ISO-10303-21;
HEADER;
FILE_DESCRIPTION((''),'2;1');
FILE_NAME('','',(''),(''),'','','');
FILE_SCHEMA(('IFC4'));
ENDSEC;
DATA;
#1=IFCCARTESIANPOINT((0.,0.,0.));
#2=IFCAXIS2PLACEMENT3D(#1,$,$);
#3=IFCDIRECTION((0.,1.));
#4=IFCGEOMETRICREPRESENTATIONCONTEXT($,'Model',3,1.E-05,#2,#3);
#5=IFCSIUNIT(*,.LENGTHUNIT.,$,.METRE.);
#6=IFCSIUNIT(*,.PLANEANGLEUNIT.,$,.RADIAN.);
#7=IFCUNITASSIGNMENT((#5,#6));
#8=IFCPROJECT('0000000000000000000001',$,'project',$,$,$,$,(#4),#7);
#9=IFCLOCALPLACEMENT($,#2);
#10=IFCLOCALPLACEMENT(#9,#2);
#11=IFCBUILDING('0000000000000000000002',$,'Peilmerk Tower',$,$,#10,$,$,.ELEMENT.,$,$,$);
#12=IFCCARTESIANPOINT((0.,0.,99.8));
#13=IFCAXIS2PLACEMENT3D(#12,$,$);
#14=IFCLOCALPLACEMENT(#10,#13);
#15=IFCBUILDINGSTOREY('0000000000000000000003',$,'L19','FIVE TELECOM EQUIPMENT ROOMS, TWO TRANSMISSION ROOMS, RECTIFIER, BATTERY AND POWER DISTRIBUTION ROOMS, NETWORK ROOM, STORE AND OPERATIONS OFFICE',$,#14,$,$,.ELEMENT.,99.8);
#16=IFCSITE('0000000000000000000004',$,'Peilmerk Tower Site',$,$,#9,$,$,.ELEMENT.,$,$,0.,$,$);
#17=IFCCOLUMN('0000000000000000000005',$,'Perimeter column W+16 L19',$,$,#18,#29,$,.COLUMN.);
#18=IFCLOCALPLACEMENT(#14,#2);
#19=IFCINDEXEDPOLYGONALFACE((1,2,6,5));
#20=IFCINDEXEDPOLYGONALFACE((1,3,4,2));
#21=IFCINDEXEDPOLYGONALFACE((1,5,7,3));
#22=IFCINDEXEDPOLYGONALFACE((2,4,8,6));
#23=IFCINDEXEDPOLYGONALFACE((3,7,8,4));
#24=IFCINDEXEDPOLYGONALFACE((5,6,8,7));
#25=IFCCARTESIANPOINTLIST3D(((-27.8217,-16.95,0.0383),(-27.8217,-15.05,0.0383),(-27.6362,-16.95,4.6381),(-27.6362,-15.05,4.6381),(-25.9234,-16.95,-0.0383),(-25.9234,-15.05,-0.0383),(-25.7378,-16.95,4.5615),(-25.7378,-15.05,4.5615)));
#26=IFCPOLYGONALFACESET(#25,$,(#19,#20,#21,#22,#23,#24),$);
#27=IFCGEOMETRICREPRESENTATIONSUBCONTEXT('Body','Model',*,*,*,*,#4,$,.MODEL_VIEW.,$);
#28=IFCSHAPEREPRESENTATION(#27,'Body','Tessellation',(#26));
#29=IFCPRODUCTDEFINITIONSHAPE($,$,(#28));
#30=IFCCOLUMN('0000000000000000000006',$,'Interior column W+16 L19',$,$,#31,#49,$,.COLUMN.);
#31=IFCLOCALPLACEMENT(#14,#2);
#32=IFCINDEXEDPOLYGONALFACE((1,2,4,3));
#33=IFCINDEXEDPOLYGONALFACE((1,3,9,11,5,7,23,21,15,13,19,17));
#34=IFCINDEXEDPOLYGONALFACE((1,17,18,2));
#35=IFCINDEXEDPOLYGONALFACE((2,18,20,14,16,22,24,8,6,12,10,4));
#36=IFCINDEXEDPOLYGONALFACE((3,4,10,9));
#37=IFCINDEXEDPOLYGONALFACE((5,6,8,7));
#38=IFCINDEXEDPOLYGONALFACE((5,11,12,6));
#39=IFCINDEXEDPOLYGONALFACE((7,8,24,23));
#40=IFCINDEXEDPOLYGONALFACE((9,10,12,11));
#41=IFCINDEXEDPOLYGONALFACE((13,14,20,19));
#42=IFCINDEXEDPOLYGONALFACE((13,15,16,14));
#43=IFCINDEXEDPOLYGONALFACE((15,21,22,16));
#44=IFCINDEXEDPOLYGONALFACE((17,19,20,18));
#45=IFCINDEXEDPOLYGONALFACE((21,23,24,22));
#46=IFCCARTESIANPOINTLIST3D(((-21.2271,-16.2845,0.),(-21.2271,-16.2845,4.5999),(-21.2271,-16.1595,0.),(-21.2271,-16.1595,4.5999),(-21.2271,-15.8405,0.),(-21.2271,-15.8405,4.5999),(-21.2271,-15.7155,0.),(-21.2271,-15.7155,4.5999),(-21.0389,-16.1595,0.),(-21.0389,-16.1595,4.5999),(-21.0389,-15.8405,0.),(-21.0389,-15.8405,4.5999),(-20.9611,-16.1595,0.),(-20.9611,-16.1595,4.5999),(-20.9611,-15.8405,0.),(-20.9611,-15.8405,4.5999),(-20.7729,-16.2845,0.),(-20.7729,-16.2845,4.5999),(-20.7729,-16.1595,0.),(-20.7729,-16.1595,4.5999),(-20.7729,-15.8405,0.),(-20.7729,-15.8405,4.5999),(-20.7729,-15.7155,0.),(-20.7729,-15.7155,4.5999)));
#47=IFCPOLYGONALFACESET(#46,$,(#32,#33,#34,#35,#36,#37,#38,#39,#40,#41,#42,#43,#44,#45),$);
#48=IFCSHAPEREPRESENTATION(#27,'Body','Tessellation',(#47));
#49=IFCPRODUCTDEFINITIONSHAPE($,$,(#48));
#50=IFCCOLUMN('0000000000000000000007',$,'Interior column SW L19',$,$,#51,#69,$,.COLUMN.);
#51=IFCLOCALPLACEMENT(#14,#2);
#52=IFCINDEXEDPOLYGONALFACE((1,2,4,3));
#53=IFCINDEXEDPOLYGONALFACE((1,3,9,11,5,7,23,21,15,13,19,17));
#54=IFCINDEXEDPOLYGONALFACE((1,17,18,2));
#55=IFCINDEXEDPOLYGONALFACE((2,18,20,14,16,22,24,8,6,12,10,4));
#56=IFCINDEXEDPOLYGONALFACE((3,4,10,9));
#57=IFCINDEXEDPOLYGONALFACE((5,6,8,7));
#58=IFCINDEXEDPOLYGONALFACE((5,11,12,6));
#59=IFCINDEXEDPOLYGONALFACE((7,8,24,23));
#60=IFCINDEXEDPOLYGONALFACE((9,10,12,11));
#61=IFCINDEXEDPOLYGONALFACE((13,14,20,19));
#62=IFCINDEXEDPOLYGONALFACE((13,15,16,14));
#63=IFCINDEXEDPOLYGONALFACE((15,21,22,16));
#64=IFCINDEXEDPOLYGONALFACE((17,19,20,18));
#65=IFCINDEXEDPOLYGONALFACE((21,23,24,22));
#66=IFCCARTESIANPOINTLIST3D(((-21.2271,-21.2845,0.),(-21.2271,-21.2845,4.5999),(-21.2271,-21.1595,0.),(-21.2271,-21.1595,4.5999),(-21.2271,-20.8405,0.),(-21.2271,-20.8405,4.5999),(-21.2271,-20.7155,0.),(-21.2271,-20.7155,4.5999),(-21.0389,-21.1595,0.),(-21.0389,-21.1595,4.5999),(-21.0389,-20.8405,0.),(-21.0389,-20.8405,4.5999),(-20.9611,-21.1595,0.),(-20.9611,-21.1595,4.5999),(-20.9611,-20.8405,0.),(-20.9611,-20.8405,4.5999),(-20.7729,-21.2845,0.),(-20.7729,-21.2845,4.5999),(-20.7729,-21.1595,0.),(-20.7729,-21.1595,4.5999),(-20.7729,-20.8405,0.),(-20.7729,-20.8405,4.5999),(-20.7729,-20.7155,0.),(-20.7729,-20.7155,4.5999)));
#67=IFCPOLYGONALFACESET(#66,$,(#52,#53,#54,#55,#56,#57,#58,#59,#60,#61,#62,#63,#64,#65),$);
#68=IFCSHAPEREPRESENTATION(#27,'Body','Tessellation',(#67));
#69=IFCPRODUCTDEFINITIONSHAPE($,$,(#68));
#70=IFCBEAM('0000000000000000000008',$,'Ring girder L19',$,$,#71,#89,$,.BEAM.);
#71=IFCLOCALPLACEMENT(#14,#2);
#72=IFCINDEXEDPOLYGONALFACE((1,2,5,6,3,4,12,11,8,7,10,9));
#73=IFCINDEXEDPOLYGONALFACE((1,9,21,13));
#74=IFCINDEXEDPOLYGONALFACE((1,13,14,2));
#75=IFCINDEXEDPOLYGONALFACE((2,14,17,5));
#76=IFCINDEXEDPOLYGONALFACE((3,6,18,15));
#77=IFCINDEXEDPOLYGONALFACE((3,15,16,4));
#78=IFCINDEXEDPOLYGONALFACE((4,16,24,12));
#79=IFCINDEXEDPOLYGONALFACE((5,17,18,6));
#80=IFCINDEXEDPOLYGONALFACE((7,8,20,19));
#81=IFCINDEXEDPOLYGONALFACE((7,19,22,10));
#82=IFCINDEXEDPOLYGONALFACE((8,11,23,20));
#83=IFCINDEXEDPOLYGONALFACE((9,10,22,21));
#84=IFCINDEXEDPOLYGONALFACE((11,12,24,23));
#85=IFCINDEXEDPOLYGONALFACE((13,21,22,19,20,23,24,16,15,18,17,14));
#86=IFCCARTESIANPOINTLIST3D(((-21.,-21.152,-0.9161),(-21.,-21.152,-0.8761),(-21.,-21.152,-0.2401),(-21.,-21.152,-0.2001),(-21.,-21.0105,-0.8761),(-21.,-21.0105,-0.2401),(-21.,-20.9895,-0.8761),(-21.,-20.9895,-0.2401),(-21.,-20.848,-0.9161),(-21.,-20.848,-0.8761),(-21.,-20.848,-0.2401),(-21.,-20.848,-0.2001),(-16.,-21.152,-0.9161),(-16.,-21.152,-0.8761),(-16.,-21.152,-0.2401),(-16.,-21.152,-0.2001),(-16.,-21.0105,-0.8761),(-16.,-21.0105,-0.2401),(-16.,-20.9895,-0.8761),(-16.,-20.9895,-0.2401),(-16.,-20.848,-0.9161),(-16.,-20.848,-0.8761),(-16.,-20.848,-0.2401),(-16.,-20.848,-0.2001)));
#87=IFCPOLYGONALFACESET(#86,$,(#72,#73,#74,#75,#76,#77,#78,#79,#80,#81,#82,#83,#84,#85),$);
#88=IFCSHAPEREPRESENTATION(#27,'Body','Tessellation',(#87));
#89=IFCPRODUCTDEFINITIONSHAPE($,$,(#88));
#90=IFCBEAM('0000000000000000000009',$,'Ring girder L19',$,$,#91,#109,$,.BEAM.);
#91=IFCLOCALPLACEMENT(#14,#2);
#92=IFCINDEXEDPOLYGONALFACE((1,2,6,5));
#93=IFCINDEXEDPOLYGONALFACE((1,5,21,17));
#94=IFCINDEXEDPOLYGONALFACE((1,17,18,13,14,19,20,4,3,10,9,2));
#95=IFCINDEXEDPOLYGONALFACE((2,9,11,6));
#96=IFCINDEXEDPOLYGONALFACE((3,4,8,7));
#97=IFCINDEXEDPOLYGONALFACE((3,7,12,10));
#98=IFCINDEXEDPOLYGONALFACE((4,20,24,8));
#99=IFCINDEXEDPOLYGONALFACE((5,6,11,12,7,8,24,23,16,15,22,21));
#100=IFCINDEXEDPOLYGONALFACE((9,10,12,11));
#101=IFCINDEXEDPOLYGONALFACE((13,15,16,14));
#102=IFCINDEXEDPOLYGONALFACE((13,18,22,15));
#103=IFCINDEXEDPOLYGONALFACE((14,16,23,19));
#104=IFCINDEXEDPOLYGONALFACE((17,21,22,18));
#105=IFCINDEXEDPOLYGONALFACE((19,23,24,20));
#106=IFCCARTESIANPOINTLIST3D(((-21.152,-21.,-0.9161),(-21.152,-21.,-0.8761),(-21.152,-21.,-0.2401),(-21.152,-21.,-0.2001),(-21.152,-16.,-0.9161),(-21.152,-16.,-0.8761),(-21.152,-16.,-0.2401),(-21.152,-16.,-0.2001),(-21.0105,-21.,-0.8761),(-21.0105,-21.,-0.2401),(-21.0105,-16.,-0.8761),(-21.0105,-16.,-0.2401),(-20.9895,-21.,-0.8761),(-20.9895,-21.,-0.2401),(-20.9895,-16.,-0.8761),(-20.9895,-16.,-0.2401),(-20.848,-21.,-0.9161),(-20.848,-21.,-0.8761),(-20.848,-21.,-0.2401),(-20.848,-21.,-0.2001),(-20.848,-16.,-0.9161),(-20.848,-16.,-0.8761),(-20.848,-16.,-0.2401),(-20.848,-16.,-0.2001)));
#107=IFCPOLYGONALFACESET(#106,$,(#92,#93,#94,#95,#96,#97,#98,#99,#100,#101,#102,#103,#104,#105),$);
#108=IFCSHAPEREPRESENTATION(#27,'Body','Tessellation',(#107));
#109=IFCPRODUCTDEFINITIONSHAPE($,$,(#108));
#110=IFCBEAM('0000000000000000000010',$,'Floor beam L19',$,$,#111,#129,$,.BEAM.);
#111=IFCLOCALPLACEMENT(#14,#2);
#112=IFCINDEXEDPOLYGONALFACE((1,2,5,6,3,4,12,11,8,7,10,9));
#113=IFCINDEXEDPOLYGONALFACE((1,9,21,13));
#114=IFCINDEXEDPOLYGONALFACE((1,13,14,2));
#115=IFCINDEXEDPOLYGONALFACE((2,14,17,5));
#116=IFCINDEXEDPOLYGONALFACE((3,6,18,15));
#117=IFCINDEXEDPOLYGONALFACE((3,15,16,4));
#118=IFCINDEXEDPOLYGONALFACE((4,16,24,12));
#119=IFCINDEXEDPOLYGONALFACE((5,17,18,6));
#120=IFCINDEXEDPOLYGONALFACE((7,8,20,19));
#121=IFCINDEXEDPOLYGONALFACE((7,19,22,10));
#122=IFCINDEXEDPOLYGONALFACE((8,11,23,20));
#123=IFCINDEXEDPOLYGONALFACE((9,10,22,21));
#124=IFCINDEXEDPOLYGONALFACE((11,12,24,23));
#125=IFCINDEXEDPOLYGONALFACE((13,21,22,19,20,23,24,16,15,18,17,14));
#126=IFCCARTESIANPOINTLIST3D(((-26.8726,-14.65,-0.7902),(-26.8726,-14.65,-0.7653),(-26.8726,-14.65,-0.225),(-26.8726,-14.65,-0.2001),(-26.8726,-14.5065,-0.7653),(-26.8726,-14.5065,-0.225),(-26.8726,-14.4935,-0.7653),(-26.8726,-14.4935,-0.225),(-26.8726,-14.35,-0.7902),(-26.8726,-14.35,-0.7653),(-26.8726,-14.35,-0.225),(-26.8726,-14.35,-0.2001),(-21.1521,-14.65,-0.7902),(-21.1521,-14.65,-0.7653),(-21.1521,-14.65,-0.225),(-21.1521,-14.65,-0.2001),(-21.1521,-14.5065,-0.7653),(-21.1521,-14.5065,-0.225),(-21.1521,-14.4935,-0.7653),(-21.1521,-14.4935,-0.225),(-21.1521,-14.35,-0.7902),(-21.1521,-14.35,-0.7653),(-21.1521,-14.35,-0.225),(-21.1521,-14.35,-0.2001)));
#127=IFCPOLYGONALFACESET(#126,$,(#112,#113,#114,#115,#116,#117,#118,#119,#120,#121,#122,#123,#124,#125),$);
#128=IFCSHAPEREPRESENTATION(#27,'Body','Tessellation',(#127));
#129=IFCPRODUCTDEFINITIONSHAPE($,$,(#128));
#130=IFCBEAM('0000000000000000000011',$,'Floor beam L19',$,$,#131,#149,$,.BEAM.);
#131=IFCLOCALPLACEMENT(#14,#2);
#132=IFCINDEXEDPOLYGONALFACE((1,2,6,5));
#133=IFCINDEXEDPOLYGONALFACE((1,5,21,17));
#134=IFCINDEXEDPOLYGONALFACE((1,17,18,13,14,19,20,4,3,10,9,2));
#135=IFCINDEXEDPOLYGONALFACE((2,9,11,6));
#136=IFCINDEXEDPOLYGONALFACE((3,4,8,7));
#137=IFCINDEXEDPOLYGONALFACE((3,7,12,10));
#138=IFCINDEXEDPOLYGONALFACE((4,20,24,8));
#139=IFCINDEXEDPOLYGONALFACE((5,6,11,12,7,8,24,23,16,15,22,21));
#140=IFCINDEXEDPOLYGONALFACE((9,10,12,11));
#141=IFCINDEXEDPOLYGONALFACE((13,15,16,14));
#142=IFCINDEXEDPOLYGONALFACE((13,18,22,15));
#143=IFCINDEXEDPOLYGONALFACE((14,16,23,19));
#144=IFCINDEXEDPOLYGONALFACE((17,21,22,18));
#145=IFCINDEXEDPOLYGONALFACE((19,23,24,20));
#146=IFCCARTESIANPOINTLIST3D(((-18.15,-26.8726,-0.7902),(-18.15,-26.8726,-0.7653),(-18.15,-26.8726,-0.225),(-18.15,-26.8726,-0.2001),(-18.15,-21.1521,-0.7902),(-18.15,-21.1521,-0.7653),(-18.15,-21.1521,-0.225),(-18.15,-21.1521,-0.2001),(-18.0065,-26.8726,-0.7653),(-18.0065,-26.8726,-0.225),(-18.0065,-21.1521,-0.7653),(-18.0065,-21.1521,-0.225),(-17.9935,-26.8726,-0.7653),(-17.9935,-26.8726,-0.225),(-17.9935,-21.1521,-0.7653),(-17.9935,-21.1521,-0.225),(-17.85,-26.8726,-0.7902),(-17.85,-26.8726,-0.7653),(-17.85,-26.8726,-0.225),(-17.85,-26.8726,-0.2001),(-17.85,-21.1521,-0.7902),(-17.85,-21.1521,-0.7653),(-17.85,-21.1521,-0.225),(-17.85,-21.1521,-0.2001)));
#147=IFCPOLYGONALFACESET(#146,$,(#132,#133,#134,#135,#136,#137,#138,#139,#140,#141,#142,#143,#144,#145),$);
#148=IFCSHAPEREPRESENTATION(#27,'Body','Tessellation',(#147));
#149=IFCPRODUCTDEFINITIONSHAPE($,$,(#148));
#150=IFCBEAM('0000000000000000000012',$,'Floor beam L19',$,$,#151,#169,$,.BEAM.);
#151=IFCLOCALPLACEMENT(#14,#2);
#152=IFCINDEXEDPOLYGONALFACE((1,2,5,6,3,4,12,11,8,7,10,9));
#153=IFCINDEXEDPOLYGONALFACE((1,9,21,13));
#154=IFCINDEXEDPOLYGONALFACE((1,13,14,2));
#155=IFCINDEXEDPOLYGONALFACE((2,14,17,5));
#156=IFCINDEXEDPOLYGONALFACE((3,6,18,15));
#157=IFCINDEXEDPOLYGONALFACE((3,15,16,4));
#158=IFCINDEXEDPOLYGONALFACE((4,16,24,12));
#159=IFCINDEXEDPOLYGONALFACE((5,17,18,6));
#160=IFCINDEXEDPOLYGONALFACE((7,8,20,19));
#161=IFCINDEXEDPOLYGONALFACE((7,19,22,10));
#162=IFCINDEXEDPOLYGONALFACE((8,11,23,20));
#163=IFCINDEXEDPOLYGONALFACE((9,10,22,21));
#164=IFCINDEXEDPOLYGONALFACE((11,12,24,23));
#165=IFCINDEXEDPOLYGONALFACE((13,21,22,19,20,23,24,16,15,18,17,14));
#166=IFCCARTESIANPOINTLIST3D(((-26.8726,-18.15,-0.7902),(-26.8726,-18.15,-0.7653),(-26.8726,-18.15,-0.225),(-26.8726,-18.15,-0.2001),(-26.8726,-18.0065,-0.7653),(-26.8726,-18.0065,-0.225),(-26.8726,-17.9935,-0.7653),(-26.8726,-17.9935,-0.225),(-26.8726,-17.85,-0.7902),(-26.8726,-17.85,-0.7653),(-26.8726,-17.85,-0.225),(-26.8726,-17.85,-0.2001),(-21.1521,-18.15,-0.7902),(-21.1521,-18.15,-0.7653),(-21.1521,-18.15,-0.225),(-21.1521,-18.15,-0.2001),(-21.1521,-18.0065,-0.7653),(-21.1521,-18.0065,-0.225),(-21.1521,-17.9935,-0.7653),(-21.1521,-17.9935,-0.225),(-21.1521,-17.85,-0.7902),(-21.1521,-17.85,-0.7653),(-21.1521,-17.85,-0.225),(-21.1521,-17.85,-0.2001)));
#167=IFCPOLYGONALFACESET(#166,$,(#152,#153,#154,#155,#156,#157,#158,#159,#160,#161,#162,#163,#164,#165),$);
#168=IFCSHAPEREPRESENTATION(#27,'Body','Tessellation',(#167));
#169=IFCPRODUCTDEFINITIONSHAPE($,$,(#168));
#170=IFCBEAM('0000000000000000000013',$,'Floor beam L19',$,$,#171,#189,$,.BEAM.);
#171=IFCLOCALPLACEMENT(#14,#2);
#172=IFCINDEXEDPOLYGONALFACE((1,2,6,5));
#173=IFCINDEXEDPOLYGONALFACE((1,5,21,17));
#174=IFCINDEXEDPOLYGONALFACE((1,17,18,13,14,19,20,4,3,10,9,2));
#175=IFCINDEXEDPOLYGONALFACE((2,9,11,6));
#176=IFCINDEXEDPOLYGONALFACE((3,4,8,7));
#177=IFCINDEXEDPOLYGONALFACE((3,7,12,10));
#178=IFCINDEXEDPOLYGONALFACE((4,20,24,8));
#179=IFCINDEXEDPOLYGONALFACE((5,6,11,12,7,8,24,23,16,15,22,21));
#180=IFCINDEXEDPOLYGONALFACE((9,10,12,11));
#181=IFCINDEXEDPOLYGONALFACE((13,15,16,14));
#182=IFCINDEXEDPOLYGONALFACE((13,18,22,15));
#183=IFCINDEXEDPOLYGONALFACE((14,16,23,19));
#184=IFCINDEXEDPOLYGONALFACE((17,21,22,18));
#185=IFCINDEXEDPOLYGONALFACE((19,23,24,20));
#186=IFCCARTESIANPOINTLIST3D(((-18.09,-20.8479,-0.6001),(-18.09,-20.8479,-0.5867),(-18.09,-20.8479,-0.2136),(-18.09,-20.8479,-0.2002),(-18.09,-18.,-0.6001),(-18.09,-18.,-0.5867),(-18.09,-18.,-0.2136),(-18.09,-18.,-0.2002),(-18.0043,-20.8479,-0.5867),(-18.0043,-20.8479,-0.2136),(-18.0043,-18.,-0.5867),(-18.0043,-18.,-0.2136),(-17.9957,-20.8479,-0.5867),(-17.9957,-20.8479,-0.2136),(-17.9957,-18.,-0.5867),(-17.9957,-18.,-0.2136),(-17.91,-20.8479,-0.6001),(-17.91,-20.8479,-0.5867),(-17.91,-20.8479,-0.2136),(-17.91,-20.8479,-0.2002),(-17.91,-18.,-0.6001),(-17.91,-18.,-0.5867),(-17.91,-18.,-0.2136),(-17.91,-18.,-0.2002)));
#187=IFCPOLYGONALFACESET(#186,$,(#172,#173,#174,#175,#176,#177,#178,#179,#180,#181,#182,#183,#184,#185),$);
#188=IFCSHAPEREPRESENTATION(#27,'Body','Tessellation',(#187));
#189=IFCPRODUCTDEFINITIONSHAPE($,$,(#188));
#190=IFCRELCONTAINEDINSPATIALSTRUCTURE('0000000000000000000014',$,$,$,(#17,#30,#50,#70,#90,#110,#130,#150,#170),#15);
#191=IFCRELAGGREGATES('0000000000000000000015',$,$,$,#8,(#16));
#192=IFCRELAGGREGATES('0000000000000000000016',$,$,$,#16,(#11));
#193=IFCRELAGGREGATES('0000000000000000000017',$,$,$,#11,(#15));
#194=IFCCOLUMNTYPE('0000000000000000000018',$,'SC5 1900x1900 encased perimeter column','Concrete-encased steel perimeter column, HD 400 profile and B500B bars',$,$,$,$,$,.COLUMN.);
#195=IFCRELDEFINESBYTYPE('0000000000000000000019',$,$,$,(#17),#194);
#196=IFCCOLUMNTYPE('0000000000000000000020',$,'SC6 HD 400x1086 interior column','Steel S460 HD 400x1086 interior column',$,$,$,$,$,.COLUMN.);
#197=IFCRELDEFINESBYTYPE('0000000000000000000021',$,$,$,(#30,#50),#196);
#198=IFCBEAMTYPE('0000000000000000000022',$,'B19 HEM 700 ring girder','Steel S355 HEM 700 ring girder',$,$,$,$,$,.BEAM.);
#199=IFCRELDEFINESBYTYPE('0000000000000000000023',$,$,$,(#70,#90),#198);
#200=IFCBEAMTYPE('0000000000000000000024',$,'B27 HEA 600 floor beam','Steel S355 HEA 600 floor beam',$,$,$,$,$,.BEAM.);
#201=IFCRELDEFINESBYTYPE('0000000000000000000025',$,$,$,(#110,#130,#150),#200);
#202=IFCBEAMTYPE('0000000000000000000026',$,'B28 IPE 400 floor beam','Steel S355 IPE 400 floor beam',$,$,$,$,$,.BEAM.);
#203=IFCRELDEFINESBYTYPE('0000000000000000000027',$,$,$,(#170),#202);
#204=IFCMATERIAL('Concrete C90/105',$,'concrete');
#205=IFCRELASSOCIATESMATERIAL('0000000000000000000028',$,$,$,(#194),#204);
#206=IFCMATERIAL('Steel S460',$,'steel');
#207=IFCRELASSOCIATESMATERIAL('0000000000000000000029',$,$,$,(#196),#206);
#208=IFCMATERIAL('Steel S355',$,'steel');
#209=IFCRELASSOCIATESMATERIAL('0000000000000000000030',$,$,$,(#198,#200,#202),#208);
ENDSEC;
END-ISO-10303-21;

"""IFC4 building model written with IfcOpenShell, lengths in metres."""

from ifc_helpers import new_model, si_unit, direction, frame, origin, origin_2d, place, context, subcontext, project, spatial, rectangle, i_section, extrude, material, material_profile, profile_set, type_object, element, save


model = new_model("IFC4")

# Units and contexts
model_context = context("Model", 3, precision=1e-05, world=origin(), true_north=direction((0.0, 1.0)))
body_context = subcontext(model_context, "Body", "Model", "MODEL_VIEW")
ifc_project = project(units=[si_unit("LENGTHUNIT", "METRE"), si_unit("PLANEANGLEUNIT", "RADIAN")], contexts=[model_context])

# Site, building, storey
site_placement = place(None, origin())
site = spatial("IfcSite", under=ifc_project, at=site_placement, Name="Peilmerk Tower Site", CompositionType="ELEMENT", RefElevation=0.0)
building_placement = place(site_placement, origin())
building = spatial("IfcBuilding", under=site, at=building_placement, Name="Peilmerk Tower", CompositionType="ELEMENT")
storey_placement = place(building_placement, frame((0.0, 0.0, 99.8)))
storey = spatial("IfcBuildingStorey", under=building, at=storey_placement, Name="L19", Description="FIVE TELECOM EQUIPMENT ROOMS, TWO TRANSMISSION ROOMS, RECTIFIER, BATTERY AND POWER DISTRIBUTION ROOMS, NETWORK ROOM, STORE AND OPERATIONS OFFICE", CompositionType="ELEMENT", Elevation=99.8)

# Columns
ifc_material_1 = material(Name="Concrete C90/105", Category="concrete")
ifc_material_profile_1 = material_profile(ifc_material_1, rectangle(XDim=1.8999, YDim=1.8999, at=origin_2d()), Name="RC 1900x1900")
ifc_profile_set_1 = profile_set([ifc_material_profile_1], Name="Concrete C90/105")
column_type_1 = type_object("IfcColumnType", Name="SC5 1900x1900 encased perimeter column", Description="Concrete-encased steel perimeter column, HD 400 profile and B500B bars", PredefinedType="COLUMN", material=ifc_profile_set_1)
column_placement = place(storey_placement, frame((-26.8726, -16.0, 0.0), z_axis=(0.040305, 0.0, 0.999187), x_axis=(0.0, 1.0, 0.0)))
element("IfcColumn", 1, at=column_placement, inside=storey, type_object=column_type_1, Name="Perimeter column W+16 L19", PredefinedType="COLUMN", context=body_context, shape_type="SweptSolid", body=[
    extrude(rectangle(XDim=1.8999, YDim=1.8999, at=origin_2d()), origin(), (0.0, 0.0, 1.0), 4.6035),
])
ifc_material_2 = material(Name="Steel S460", Category="steel")
ifc_material_profile_2 = material_profile(ifc_material_2, i_section(OverallWidth=0.4541, OverallDepth=0.5691, WebThickness=0.0779, FlangeThickness=0.125, at=origin_2d()), Name="HD 400x1086")
ifc_profile_set_2 = profile_set([ifc_material_profile_2], Name="Steel S460")
column_type_2 = type_object("IfcColumnType", Name="SC6 HD 400x1086 interior column", Description="Steel S460 HD 400x1086 interior column", PredefinedType="COLUMN", material=ifc_profile_set_2)
for number, where, z_axis, x_axis, name in (
    (2, (-21.0, -16.0, 0.0), (0.0, 0.0, 1.0), (1.0, 0.0, 0.0), "Interior column W+16 L19"),
    (3, (-21.0, -21.0, 0.0), (0.0, 0.0, 1.0), (1.0, 0.0, 0.0), "Interior column SW L19"),
):
    element("IfcColumn", number, at=place(storey_placement, frame(where, z_axis=z_axis, x_axis=x_axis)), inside=storey, type_object=column_type_2, Name=name, PredefinedType="COLUMN", context=body_context, shape_type="SweptSolid", body=[
        extrude(i_section(OverallWidth=0.4541, OverallDepth=0.5691, WebThickness=0.0779, FlangeThickness=0.125, at=origin_2d()), origin(), (0.0, 0.0, 1.0), 4.5999),
    ])

# Beams
ifc_material_3 = material(Name="Steel S355", Category="steel")
ifc_material_profile_3 = material_profile(ifc_material_3, i_section(OverallWidth=0.304, OverallDepth=0.7161, WebThickness=0.021, FlangeThickness=0.04, at=origin_2d()), Name="HEM 700")
ifc_profile_set_3 = profile_set([ifc_material_profile_3], Name="Steel S355")
beam_type_1 = type_object("IfcBeamType", Name="B19 HEM 700 ring girder", Description="Steel S355 HEM 700 ring girder", PredefinedType="BEAM", material=ifc_profile_set_3)
for number, where, z_axis, x_axis, name in (
    (4, (-21.0, -21.0, -0.5581), (1.0, 0.0, 0.0), (0.0, 1.0, 0.0), "Ring girder L19"),
    (5, (-21.0, -16.0, -0.5581), (0.0, -1.0, 0.0), (1.0, 0.0, 0.0), "Ring girder L19"),
):
    element("IfcBeam", number, at=place(storey_placement, frame(where, z_axis=z_axis, x_axis=x_axis)), inside=storey, type_object=beam_type_1, Name=name, PredefinedType="BEAM", context=body_context, shape_type="SweptSolid", body=[
        extrude(i_section(OverallWidth=0.304, OverallDepth=0.7161, WebThickness=0.021, FlangeThickness=0.04, at=origin_2d()), origin(), (0.0, 0.0, 1.0), 5.0),
    ])
ifc_material_profile_4 = material_profile(ifc_material_3, i_section(OverallWidth=0.3, OverallDepth=0.5901, WebThickness=0.0129, FlangeThickness=0.0249, at=origin_2d()), Name="HEA 600")
ifc_profile_set_4 = profile_set([ifc_material_profile_4], Name="Steel S355")
beam_type_2 = type_object("IfcBeamType", Name="B27 HEA 600 floor beam", Description="Steel S355 HEA 600 floor beam", PredefinedType="BEAM", material=ifc_profile_set_4)
for number, where, z_axis, x_axis, name in (
    (6, (-21.1521, -14.5, -0.4951), (-1.0, 0.0, 0.0), (0.0, -1.0, 0.0), "Floor beam L19"),
    (7, (-18.0, -21.1521, -0.4951), (0.0, -1.0, 0.0), (1.0, 0.0, 0.0), "Floor beam L19"),
    (8, (-21.1521, -18.0, -0.4951), (-1.0, 0.0, 0.0), (0.0, -1.0, 0.0), "Floor beam L19"),
):
    element("IfcBeam", number, at=place(storey_placement, frame(where, z_axis=z_axis, x_axis=x_axis)), inside=storey, type_object=beam_type_2, Name=name, PredefinedType="BEAM", context=body_context, shape_type="SweptSolid", body=[
        extrude(i_section(OverallWidth=0.3, OverallDepth=0.5901, WebThickness=0.0129, FlangeThickness=0.0249, at=origin_2d()), origin(), (0.0, 0.0, 1.0), 5.7205),
    ])
ifc_material_profile_5 = material_profile(ifc_material_3, i_section(OverallWidth=0.1799, OverallDepth=0.3999, WebThickness=0.0085, FlangeThickness=0.0134, at=origin_2d()), Name="IPE 400")
ifc_profile_set_5 = profile_set([ifc_material_profile_5], Name="Steel S355")
beam_type_3 = type_object("IfcBeamType", Name="B28 IPE 400 floor beam", Description="Steel S355 IPE 400 floor beam", PredefinedType="BEAM", material=ifc_profile_set_5)
for number, where, z_axis, x_axis, name in (
    (9, (-18.0, -18.0, -0.4001), (0.0, -1.0, 0.0), (1.0, 0.0, 0.0), "Floor beam L19"),
):
    element("IfcBeam", number, at=place(storey_placement, frame(where, z_axis=z_axis, x_axis=x_axis)), inside=storey, type_object=beam_type_3, Name=name, PredefinedType="BEAM", context=body_context, shape_type="SweptSolid", body=[
        extrude(i_section(OverallWidth=0.1799, OverallDepth=0.3999, WebThickness=0.0085, FlangeThickness=0.0134, at=origin_2d()), origin(), (0.0, 0.0, 1.0), 2.8479),
    ])

save(model, "model.ifc")
